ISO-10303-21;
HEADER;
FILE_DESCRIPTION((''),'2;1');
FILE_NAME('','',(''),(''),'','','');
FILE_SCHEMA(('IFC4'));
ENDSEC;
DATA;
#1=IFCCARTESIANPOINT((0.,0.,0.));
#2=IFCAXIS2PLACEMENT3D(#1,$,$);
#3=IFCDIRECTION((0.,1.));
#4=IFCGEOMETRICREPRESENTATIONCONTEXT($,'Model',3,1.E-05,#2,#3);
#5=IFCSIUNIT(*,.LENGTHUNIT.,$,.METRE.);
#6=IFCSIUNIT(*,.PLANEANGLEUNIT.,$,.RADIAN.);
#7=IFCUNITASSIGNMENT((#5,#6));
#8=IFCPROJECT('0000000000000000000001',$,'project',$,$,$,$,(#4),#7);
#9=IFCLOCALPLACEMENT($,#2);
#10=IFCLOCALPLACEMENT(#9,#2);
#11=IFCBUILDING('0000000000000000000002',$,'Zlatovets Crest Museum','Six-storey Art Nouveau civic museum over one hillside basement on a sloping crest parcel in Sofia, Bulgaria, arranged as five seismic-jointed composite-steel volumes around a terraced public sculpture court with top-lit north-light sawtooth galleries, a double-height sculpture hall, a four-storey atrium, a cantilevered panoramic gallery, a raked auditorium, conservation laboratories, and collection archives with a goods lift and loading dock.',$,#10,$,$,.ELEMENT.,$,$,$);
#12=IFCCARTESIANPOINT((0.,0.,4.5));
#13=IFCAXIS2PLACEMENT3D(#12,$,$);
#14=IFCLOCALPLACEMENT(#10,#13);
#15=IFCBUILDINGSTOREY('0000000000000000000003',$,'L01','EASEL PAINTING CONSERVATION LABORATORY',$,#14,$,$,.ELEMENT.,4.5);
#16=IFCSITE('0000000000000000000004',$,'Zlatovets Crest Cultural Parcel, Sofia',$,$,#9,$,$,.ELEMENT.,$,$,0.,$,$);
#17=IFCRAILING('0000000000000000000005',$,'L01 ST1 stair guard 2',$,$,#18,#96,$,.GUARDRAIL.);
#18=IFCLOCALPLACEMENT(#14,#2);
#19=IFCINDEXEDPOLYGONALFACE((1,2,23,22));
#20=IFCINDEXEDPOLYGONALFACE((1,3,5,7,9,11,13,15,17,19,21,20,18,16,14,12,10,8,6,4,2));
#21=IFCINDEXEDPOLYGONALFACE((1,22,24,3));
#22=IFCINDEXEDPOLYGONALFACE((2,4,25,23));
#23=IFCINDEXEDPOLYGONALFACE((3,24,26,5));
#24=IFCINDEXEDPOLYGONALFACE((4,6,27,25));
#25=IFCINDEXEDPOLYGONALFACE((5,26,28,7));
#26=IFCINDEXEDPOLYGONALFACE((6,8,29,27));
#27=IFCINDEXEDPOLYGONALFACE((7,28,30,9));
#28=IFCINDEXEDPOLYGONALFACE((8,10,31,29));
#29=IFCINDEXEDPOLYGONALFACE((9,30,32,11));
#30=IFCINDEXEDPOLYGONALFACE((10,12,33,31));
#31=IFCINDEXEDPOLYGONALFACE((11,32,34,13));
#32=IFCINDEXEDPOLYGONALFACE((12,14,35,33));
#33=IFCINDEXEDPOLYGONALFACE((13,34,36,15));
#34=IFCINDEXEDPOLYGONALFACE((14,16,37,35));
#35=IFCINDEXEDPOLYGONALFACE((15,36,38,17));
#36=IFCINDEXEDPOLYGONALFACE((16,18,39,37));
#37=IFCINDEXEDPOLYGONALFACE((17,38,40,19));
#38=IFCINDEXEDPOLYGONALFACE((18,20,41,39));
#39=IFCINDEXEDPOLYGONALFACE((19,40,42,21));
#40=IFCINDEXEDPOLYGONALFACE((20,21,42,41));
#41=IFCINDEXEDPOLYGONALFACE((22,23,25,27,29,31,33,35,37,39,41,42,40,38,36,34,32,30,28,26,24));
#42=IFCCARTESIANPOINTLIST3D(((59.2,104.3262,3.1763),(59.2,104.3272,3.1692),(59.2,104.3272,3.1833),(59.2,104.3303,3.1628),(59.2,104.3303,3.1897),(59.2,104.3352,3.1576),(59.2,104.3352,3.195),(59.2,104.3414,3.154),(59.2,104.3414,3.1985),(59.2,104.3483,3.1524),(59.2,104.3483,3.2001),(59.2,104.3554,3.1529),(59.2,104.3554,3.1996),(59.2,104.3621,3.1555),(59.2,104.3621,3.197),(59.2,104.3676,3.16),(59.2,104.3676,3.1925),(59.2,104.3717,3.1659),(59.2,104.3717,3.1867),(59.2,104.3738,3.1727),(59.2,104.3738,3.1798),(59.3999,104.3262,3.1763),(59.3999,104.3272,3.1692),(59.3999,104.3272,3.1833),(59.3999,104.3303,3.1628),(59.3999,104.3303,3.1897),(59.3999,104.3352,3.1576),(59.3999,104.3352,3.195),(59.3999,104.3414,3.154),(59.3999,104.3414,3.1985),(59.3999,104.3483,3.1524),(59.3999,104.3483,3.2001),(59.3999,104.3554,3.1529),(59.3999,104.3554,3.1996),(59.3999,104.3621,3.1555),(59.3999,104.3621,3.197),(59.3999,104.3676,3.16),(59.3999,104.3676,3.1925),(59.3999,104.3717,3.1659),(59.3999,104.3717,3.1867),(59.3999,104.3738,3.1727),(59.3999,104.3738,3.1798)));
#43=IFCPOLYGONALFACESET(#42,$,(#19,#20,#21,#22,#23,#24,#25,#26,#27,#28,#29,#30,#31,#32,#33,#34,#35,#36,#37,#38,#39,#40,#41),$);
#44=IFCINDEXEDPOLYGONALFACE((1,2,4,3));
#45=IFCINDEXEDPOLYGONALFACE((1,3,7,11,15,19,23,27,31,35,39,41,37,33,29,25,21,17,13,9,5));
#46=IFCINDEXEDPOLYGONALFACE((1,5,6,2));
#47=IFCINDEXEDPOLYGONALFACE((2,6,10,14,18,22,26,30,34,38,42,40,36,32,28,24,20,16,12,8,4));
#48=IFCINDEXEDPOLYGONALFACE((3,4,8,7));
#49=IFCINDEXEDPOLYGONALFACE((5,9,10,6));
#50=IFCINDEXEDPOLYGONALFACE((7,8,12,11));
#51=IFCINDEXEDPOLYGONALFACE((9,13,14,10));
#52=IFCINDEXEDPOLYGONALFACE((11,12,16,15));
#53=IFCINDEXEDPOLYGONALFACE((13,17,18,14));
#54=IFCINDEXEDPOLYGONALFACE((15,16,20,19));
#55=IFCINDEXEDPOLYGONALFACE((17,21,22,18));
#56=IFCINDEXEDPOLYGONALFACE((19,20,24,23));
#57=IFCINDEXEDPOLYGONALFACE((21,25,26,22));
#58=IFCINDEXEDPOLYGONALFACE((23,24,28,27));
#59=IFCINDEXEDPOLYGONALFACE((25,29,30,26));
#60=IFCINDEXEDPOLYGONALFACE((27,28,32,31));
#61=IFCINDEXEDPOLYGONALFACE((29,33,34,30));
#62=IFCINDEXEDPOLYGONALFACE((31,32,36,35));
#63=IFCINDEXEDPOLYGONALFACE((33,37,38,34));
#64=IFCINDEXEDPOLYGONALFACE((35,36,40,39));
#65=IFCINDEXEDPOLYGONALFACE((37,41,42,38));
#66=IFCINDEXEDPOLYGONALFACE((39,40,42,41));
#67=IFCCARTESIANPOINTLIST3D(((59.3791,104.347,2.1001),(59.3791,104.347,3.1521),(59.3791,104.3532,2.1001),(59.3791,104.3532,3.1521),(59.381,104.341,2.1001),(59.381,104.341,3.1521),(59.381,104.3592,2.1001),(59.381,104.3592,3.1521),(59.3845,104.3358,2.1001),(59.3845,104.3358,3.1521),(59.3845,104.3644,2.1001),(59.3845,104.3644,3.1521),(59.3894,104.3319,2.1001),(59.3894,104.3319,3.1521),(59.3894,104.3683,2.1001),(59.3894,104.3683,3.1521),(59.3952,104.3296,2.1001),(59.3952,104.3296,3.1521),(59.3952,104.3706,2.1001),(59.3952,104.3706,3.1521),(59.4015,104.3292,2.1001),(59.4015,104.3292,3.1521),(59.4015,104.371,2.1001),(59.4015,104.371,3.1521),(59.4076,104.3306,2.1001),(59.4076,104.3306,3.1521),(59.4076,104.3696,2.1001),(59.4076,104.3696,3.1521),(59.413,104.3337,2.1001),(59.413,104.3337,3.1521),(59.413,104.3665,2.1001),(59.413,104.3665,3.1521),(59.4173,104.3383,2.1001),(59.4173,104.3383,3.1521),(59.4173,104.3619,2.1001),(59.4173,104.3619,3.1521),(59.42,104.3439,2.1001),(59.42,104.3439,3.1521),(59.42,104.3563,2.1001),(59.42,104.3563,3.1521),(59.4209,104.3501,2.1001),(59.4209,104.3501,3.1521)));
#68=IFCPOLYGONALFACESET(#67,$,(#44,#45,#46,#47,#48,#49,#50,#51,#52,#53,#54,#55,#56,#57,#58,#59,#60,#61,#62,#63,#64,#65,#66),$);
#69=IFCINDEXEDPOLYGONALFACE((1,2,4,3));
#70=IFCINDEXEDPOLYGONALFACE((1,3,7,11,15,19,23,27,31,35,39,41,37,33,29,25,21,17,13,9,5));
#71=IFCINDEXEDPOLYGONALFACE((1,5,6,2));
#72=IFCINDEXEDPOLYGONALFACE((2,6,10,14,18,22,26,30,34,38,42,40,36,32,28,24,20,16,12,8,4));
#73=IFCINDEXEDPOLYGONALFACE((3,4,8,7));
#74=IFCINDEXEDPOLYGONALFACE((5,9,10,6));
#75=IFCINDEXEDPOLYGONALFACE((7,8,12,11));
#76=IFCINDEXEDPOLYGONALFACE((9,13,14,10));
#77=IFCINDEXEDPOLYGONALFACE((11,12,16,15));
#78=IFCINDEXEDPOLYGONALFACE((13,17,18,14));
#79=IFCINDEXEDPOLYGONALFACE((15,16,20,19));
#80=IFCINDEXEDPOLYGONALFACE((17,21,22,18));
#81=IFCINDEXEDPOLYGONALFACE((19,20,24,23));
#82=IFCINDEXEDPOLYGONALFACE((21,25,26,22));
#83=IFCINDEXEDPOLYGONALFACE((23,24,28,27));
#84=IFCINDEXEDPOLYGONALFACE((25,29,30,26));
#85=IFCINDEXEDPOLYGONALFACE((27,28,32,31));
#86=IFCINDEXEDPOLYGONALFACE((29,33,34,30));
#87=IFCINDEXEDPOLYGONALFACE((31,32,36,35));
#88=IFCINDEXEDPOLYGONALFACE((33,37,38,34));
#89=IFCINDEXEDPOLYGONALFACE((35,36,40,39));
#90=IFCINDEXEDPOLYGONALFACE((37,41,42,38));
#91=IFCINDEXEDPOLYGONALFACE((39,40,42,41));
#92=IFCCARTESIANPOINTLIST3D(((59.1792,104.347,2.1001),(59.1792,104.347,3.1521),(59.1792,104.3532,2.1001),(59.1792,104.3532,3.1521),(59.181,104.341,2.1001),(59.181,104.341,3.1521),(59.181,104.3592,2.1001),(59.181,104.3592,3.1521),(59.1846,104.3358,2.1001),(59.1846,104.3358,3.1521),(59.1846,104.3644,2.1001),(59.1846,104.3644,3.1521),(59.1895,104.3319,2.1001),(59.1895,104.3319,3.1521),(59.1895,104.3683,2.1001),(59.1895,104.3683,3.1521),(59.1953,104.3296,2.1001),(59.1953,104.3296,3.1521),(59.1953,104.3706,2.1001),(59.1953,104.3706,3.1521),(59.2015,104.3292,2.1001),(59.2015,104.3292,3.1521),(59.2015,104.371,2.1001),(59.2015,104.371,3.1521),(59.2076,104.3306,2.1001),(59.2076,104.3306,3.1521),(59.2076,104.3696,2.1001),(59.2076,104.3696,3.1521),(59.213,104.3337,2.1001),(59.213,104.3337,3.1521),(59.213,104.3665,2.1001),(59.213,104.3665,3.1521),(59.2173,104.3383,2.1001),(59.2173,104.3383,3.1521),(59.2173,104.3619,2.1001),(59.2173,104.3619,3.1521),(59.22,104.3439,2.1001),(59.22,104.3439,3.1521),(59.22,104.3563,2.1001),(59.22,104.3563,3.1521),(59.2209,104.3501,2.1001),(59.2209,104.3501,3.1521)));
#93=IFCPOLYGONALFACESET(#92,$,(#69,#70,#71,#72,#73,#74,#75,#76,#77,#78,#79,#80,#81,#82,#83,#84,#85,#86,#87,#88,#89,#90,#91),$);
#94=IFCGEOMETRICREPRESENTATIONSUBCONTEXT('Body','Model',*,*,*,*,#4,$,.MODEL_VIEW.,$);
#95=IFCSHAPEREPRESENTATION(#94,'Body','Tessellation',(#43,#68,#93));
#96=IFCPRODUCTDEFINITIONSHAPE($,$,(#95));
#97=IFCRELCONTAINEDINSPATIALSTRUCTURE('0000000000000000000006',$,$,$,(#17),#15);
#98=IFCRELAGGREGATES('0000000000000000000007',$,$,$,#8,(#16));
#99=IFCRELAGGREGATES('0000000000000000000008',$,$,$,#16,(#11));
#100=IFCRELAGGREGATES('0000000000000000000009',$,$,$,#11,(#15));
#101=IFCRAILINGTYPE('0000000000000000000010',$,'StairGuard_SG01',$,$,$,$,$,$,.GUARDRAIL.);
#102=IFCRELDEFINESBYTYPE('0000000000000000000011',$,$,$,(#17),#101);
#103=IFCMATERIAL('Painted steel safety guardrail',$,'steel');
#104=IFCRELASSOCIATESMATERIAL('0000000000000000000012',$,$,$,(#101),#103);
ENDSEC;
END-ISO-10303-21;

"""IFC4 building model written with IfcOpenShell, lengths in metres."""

from ifc_helpers import new_model, si_unit, direction, frame, origin, origin_2d, place, context, subcontext, project, spatial, circle, extrude, material, type_object, element, save


model = new_model("IFC4")

# Units and contexts
model_context = context("Model", 3, precision=1e-05, world=origin(), true_north=direction((0.0, 1.0)))
body_context = subcontext(model_context, "Body", "Model", "MODEL_VIEW")
ifc_project = project(units=[si_unit("LENGTHUNIT", "METRE"), si_unit("PLANEANGLEUNIT", "RADIAN")], contexts=[model_context])

# Site, building, storey
site_placement = place(None, origin())
site = spatial("IfcSite", under=ifc_project, at=site_placement, Name="Zlatovets Crest Cultural Parcel, Sofia", CompositionType="ELEMENT", RefElevation=0.0)
building_placement = place(site_placement, origin())
building = spatial("IfcBuilding", under=site, at=building_placement, Name="Zlatovets Crest Museum", Description="Six-storey Art Nouveau civic museum over one hillside basement on a sloping crest parcel in Sofia, Bulgaria, arranged as five seismic-jointed composite-steel volumes around a terraced public sculpture court with top-lit north-light sawtooth galleries, a double-height sculpture hall, a four-storey atrium, a cantilevered panoramic gallery, a raked auditorium, conservation laboratories, and collection archives with a goods lift and loading dock.", CompositionType="ELEMENT")
storey_placement = place(building_placement, frame((0.0, 0.0, 4.5)))
storey = spatial("IfcBuildingStorey", under=building, at=storey_placement, Name="L01", Description="EASEL PAINTING CONSERVATION LABORATORY", CompositionType="ELEMENT", Elevation=4.5)

# Railing
ifc_material_1 = material(Name="Painted steel safety guardrail", Category="steel")
railing_type_1 = type_object("IfcRailingType", Name="StairGuard_SG01", PredefinedType="GUARDRAIL", material=ifc_material_1)
railing_1_placement = place(storey_placement, frame((59.3999, 104.3501, 2.1001)))
element("IfcRailing", 1, at=railing_1_placement, inside=storey, type_object=railing_type_1, Name="L01 ST1 stair guard 2", PredefinedType="GUARDRAIL", context=body_context, shape_type="SweptSolid", body=[
    extrude(circle(Radius=0.0239, at=origin_2d()), frame((0.0, 0.0, 1.0762), z_axis=(-1.0, 0.0, 0.0), x_axis=(0.0, -1.0, 0.0)), (0.0, 0.0, 1.0), 0.2),
    extrude(circle(Radius=0.021, at=origin_2d()), origin(), (0.0, 0.0, 1.0), 1.052),
    extrude(circle(Radius=0.021, at=origin_2d()), frame((-0.2, 0.0, 0.0)), (0.0, 0.0, 1.0), 1.052),
])

save(model, "model.ifc")
